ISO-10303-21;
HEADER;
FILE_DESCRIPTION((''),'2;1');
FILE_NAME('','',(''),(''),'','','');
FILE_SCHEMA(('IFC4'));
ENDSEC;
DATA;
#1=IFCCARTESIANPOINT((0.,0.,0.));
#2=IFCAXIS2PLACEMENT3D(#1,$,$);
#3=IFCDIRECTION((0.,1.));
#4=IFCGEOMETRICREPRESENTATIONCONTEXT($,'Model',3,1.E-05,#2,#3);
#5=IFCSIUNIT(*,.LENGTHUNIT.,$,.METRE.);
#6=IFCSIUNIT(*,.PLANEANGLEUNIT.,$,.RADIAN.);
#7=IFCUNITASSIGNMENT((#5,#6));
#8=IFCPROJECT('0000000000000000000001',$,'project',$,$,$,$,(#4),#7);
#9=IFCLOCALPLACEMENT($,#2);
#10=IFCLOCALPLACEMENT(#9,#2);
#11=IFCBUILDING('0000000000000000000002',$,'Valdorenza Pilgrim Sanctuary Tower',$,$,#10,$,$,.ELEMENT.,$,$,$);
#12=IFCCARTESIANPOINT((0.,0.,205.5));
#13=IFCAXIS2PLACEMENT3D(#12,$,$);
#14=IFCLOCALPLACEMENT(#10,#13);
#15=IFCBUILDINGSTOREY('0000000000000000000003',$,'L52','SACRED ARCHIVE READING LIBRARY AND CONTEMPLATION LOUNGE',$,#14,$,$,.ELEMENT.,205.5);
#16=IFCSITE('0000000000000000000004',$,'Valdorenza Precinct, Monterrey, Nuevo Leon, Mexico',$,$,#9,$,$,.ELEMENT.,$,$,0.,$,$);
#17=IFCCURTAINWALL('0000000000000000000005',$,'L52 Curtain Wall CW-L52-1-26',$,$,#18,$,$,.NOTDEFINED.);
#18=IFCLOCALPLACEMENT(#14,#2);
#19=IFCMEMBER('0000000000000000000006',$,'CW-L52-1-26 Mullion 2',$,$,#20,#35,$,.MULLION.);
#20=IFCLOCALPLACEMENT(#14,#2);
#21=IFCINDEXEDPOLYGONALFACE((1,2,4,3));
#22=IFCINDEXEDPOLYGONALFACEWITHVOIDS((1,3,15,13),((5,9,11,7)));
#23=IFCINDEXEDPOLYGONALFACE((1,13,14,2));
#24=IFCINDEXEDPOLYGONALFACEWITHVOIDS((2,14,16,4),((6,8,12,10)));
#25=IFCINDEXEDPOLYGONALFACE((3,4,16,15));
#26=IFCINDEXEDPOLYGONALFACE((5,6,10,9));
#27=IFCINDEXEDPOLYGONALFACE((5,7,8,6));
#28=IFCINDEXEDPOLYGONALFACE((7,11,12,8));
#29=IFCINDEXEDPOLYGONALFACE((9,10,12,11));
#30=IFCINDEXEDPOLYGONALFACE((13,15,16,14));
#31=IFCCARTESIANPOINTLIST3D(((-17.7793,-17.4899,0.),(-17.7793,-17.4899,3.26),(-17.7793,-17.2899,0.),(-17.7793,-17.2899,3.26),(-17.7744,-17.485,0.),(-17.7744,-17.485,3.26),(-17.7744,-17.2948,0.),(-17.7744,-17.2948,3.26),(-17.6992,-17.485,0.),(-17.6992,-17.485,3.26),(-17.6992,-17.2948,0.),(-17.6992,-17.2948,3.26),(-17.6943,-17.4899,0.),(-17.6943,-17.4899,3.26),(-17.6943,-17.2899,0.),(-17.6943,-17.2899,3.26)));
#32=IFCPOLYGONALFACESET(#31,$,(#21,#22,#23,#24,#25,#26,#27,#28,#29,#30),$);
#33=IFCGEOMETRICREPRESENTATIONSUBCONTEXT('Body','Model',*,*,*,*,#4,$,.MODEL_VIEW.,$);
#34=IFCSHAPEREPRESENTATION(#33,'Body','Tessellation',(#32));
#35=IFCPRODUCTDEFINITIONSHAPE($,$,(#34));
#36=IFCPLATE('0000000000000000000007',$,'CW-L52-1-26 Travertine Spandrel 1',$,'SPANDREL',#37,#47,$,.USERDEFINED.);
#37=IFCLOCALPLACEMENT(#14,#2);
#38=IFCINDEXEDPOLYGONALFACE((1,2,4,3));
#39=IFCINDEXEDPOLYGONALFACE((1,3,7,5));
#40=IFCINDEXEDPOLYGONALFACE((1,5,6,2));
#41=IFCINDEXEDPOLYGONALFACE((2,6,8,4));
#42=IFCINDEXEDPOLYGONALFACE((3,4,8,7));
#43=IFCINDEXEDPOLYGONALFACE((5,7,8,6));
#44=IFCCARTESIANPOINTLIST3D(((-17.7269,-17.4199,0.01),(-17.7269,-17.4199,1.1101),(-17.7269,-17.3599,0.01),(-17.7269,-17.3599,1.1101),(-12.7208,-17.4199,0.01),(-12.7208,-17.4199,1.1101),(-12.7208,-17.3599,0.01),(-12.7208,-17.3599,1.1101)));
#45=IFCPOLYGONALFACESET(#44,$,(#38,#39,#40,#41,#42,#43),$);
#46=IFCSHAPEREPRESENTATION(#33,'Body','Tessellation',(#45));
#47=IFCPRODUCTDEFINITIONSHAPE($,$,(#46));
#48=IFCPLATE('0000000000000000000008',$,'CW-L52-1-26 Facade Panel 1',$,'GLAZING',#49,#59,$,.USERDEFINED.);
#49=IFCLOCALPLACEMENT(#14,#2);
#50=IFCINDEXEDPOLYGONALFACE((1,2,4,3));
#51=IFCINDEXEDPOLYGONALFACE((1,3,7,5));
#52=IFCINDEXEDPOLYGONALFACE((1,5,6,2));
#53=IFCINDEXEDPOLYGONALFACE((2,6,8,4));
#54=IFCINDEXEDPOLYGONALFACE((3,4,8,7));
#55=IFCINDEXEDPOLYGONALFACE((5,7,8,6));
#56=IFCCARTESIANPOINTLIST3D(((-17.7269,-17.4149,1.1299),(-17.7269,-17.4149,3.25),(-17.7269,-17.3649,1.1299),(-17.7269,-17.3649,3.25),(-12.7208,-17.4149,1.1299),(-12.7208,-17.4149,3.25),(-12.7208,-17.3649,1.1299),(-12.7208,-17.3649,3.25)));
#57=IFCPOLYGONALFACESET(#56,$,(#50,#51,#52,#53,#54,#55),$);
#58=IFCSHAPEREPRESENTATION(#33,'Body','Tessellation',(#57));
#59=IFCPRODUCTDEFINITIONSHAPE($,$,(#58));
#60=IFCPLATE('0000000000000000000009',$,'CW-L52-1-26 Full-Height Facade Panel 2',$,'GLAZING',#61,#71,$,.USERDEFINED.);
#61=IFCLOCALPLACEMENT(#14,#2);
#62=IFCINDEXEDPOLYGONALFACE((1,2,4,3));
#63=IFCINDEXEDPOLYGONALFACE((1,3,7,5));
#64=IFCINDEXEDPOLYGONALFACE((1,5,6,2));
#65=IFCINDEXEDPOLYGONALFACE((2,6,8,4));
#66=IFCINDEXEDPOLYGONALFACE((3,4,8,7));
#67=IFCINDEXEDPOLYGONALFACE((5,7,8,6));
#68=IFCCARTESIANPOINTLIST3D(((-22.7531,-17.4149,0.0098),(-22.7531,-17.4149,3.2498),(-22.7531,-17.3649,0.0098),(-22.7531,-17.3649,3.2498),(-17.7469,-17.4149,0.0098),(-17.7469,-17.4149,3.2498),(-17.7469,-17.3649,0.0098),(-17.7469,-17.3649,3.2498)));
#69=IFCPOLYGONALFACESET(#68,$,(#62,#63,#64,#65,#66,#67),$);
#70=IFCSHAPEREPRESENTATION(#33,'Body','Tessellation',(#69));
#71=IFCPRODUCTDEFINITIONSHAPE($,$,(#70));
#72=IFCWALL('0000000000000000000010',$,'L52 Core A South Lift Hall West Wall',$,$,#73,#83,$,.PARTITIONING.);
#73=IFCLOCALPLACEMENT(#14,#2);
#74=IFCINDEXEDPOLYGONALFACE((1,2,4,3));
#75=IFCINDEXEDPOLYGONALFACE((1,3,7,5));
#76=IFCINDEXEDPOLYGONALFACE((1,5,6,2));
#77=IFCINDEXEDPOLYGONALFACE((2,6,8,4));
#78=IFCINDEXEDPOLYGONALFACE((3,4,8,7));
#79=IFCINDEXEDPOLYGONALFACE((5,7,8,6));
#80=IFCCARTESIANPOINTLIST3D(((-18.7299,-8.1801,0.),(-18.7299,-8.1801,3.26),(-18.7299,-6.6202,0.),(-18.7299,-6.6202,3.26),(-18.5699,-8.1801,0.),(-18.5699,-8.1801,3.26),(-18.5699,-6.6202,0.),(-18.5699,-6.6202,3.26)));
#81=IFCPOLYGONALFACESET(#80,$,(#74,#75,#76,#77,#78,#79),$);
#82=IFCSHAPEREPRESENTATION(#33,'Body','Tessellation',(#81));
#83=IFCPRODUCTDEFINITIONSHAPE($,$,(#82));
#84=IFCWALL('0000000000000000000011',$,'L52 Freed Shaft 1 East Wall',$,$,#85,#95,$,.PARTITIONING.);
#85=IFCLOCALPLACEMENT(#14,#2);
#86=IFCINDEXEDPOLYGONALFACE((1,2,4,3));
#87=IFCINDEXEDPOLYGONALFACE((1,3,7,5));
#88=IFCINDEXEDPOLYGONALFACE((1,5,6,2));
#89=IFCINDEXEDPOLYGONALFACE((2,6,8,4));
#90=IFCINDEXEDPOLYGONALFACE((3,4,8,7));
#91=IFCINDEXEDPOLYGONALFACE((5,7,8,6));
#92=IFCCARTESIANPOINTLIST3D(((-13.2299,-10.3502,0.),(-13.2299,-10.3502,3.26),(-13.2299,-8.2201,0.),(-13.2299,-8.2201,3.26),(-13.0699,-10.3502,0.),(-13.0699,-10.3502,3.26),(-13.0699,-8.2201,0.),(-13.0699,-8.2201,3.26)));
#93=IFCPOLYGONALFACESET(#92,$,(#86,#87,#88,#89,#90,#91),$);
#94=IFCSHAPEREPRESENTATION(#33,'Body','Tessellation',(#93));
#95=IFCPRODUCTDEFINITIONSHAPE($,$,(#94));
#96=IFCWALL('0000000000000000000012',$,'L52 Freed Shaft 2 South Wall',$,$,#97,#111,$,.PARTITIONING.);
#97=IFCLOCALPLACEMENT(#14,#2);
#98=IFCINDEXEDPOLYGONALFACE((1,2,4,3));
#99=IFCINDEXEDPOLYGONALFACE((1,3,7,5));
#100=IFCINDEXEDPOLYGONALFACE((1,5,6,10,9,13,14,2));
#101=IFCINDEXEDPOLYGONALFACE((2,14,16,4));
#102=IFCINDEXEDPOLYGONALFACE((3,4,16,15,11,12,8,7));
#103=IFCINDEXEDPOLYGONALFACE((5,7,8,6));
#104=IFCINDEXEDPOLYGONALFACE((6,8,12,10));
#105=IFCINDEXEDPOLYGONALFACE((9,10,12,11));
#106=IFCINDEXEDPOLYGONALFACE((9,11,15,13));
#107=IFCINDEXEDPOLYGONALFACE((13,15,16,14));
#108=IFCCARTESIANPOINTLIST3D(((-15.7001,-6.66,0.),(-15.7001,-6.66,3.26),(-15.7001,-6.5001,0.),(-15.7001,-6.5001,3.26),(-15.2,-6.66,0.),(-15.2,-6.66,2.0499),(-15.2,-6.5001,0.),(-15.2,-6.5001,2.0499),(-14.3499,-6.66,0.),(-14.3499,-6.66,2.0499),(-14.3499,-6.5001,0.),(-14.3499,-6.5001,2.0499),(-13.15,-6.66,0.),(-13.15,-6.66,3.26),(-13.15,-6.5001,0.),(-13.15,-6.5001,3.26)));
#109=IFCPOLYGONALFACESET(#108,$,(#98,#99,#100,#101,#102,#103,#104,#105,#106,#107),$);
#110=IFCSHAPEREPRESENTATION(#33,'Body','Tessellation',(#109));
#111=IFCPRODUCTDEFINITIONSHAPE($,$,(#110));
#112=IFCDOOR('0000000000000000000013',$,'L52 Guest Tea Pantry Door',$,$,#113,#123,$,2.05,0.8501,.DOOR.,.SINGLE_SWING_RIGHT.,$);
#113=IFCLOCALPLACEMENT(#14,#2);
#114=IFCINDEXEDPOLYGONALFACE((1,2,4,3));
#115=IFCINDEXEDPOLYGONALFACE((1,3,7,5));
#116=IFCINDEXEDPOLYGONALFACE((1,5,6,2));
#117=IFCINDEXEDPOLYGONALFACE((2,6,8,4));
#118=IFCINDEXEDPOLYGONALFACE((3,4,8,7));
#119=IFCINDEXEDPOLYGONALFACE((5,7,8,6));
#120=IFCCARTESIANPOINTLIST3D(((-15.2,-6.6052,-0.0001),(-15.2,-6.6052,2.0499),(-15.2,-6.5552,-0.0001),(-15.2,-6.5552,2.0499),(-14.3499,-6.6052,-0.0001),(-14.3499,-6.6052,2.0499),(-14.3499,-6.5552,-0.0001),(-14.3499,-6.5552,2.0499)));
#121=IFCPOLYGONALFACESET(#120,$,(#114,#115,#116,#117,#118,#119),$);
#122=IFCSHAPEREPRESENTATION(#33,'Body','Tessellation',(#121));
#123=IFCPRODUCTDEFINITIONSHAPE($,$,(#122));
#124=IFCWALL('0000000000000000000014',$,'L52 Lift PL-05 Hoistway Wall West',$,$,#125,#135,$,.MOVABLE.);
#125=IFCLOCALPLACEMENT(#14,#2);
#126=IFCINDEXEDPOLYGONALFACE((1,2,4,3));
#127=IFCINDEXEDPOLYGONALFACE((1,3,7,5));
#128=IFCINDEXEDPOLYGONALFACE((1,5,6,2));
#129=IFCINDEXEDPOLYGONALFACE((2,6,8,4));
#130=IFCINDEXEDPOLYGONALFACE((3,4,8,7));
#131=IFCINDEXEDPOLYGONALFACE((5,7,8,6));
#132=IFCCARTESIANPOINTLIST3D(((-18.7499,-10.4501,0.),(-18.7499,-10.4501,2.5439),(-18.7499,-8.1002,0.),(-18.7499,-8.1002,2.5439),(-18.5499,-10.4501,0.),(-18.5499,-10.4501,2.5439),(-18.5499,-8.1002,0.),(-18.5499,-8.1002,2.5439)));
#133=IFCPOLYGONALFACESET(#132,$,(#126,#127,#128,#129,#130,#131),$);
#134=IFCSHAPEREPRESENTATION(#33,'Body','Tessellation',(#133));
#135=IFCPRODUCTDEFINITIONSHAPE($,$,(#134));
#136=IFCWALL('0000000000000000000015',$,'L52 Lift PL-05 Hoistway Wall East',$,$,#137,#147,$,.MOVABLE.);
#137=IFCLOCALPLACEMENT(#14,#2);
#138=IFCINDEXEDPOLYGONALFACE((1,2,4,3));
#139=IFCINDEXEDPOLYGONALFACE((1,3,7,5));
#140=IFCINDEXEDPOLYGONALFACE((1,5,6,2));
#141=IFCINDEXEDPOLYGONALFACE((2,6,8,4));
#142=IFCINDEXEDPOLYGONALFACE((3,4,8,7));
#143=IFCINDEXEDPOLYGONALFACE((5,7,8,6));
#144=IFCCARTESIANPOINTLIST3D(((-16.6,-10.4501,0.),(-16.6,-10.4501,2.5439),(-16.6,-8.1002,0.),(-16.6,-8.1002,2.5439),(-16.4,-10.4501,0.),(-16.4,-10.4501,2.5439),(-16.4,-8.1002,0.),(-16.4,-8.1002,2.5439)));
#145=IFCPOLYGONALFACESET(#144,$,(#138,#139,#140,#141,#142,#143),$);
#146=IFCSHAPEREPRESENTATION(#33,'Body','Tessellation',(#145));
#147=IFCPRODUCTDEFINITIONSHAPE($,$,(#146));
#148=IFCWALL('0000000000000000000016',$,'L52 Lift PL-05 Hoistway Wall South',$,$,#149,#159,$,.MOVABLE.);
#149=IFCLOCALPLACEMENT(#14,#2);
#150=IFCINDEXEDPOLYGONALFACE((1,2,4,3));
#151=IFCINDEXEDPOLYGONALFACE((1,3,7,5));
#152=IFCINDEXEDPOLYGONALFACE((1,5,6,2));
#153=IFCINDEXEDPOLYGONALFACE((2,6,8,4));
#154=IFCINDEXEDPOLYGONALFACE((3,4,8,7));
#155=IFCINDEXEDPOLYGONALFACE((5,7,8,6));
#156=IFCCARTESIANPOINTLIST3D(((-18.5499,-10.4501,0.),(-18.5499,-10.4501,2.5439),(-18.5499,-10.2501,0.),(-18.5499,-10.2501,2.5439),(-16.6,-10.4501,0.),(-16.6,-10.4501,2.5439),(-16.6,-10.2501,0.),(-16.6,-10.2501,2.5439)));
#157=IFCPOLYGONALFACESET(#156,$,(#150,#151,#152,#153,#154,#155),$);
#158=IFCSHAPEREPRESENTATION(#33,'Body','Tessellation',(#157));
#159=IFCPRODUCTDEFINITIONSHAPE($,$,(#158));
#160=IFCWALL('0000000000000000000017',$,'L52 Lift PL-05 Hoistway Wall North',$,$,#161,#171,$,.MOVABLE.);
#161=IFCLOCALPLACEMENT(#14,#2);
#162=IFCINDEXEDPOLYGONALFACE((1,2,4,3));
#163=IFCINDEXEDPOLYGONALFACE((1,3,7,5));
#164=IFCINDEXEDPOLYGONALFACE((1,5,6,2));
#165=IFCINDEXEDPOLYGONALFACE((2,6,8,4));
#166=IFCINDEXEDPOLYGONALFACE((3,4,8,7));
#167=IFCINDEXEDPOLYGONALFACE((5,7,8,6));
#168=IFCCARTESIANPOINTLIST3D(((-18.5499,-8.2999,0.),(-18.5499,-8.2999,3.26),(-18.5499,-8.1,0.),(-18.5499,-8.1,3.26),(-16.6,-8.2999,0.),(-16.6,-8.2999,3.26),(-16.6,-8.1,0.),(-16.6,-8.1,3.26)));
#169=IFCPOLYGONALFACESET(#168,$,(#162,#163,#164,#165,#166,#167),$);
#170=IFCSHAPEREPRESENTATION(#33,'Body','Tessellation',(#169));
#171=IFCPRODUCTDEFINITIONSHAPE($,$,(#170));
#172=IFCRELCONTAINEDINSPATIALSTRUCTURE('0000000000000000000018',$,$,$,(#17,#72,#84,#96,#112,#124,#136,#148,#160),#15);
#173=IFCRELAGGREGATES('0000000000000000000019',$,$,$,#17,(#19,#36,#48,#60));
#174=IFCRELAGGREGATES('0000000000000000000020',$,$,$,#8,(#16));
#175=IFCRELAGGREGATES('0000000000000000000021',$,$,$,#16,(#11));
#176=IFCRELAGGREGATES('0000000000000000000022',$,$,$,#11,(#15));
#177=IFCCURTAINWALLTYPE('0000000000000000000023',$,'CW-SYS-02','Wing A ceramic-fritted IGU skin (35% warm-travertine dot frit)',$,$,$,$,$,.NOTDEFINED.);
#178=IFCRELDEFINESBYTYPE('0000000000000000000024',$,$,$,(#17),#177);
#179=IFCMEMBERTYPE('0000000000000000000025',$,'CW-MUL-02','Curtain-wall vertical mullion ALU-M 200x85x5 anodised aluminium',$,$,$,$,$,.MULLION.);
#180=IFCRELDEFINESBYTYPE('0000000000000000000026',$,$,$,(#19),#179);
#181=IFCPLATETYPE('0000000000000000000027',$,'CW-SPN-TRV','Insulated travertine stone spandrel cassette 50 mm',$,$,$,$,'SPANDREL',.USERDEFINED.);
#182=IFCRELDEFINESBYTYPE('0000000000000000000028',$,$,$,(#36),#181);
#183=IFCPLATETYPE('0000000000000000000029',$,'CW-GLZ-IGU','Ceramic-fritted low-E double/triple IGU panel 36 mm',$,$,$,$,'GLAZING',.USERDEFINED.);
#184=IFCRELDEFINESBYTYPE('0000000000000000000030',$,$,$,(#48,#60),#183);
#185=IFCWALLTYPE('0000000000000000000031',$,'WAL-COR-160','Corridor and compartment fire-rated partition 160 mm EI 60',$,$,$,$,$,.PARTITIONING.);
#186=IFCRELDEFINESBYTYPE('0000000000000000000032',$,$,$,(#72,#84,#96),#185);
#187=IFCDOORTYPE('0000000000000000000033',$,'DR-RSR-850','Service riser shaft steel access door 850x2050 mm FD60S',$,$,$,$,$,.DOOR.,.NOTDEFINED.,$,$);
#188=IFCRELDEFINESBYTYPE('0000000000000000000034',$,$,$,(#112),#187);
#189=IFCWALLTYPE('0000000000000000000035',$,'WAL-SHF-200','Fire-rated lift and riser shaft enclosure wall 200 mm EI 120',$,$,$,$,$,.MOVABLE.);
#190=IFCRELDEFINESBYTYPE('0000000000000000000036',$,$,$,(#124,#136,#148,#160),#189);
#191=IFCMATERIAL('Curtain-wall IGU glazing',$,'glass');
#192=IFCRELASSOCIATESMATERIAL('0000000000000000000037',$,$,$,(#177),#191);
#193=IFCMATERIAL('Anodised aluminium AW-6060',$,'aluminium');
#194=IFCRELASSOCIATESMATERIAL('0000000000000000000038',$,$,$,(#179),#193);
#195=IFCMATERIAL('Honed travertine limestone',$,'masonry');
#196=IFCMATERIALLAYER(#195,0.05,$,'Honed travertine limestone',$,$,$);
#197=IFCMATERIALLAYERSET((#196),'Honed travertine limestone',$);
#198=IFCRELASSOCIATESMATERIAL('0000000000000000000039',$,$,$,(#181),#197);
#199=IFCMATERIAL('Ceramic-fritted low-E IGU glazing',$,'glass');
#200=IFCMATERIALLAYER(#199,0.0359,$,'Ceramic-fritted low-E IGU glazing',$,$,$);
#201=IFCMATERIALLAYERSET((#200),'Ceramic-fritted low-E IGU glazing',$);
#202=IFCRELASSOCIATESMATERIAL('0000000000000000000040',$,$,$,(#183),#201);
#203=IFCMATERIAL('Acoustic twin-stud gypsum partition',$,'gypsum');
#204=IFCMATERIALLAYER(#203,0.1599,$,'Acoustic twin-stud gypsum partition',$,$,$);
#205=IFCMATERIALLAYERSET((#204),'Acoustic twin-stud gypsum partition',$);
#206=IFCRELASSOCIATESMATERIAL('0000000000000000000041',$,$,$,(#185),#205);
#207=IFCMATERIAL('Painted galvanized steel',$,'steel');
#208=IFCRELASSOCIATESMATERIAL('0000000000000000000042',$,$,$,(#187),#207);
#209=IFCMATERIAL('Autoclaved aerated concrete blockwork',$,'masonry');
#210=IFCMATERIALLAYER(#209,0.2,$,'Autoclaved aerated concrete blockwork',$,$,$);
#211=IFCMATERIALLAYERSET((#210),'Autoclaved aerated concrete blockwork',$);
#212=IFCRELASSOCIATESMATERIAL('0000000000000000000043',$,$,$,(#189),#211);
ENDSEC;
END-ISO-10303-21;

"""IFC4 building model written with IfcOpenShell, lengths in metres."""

from ifc_helpers import new_model, si_unit, direction, frame, frame_2d, origin, origin_2d, place, context, subcontext, project, spatial, rectangle, hollow_rectangle, extrude, source, transform, mapped, material, layer, layer_set, material_profile, profile_set, type_object, element, fill, aggregate, save


model = new_model("IFC4")

# Units and contexts
model_context = context("Model", 3, precision=1e-05, world=origin(), true_north=direction((0.0, 1.0)))
body_context = subcontext(model_context, "Body", "Model", "MODEL_VIEW")
ifc_project = project(units=[si_unit("LENGTHUNIT", "METRE"), si_unit("PLANEANGLEUNIT", "RADIAN")], contexts=[model_context])

# Site, building, storey
site_placement = place(None, origin())
site = spatial("IfcSite", under=ifc_project, at=site_placement, Name="Valdorenza Precinct, Monterrey, Nuevo Leon, Mexico", CompositionType="ELEMENT", RefElevation=0.0)
building_placement = place(site_placement, origin())
building = spatial("IfcBuilding", under=site, at=building_placement, Name="Valdorenza Pilgrim Sanctuary Tower", CompositionType="ELEMENT")
storey_placement = place(building_placement, frame((0.0, 0.0, 205.5)))
storey = spatial("IfcBuildingStorey", under=building, at=storey_placement, Name="L52", Description="SACRED ARCHIVE READING LIBRARY AND CONTEMPLATION LOUNGE", CompositionType="ELEMENT", Elevation=205.5)

# Curtain wall, member, plates
ifc_material_1 = material(Name="Curtain-wall IGU glazing", Category="glass")
curtain_wall_type = type_object("IfcCurtainWallType", Name="CW-SYS-02", Description="Wing A ceramic-fritted IGU skin (35% warm-travertine dot frit)", PredefinedType="NOTDEFINED", material=ifc_material_1)
curtain_wall_placement = place(storey_placement, origin())
curtain_wall = element("IfcCurtainWall", 1, at=curtain_wall_placement, inside=storey, type_object=curtain_wall_type, Name="L52 Curtain Wall CW-L52-1-26", PredefinedType="NOTDEFINED")
ifc_material_2 = material(Name="Anodised aluminium AW-6060", Category="aluminium")
ifc_material_profile = material_profile(ifc_material_2, hollow_rectangle(XDim=0.085, YDim=0.2, WallThickness=0.0049, at=origin_2d()), Name="ALU-M 200x85x5")
ifc_profile_set = profile_set([ifc_material_profile], Name="Anodised aluminium AW-6060")
member_type = type_object("IfcMemberType", Name="CW-MUL-02", Description="Curtain-wall vertical mullion ALU-M 200x85x5 anodised aluminium", PredefinedType="MULLION", material=ifc_profile_set)
shared_shape_1 = source(origin(), body_context, "Body", "SweptSolid", [
    extrude(hollow_rectangle(XDim=0.085, YDim=0.2, WallThickness=0.0049, at=origin_2d()), origin(), (0.0, 0.0, 1.0), 3.26),
])
member_placement = place(storey_placement, frame((-17.7368, -17.3899, 0.0), z_axis=(0.0, 0.0, 1.0), x_axis=(-1.0, 0.0, 0.0)))
member = element("IfcMember", 2, at=member_placement, type_object=member_type, Name="CW-L52-1-26 Mullion 2", PredefinedType="MULLION", context=body_context, shape_type="MappedRepresentation", body=[
    mapped(shared_shape_1, transform((0.0, 0.0, 0.0), x_axis=(1.0, 0.0, 0.0), y_axis=(0.0, 1.0, 0.0), z_axis=(0.0, 0.0, 1.0), scale=1.0)),
])
ifc_material_3 = material(Name="Honed travertine limestone", Category="masonry")
ifc_layer_1 = layer(ifc_material_3, 0.05, Name="Honed travertine limestone")
ifc_layer_set_1 = layer_set([ifc_layer_1], Name="Honed travertine limestone")
plate_type_1 = type_object("IfcPlateType", Name="CW-SPN-TRV", Description="Insulated travertine stone spandrel cassette 50 mm", ElementType="SPANDREL", PredefinedType="USERDEFINED", material=ifc_layer_set_1)
shared_shape_2 = source(origin(), body_context, "Body", "SweptSolid", [
    extrude(rectangle(XDim=5.0061, YDim=0.0601, at=origin_2d()), origin(), (0.0, 0.0, 1.0), 1.1001),
])
plate_1_placement = place(storey_placement, frame((-15.2239, -17.3899, 0.01), z_axis=(0.0, 0.0, 1.0), x_axis=(-1.0, 0.0, 0.0)))
plate_1 = element("IfcPlate", 3, at=plate_1_placement, type_object=plate_type_1, Name="CW-L52-1-26 Travertine Spandrel 1", ObjectType="SPANDREL", PredefinedType="USERDEFINED", context=body_context, shape_type="MappedRepresentation", body=[
    mapped(shared_shape_2, transform((0.0, 0.0, 0.0), x_axis=(1.0, 0.0, 0.0), y_axis=(0.0, 1.0, 0.0), z_axis=(0.0, 0.0, 1.0), scale=1.0)),
])
ifc_material_4 = material(Name="Ceramic-fritted low-E IGU glazing", Category="glass")
ifc_layer_2 = layer(ifc_material_4, 0.0359, Name="Ceramic-fritted low-E IGU glazing")
ifc_layer_set_2 = layer_set([ifc_layer_2], Name="Ceramic-fritted low-E IGU glazing")
plate_type_2 = type_object("IfcPlateType", Name="CW-GLZ-IGU", Description="Ceramic-fritted low-E double/triple IGU panel 36 mm", ElementType="GLAZING", PredefinedType="USERDEFINED", material=ifc_layer_set_2)
shared_shape_3 = source(origin(), body_context, "Body", "SweptSolid", [
    extrude(rectangle(XDim=5.0061, YDim=0.05, at=origin_2d()), origin(), (0.0, 0.0, 1.0), 2.1201),
])
plate_2_placement = place(storey_placement, frame((-15.2239, -17.3899, 1.1299), z_axis=(0.0, 0.0, 1.0), x_axis=(-1.0, 0.0, 0.0)))
plate_2 = element("IfcPlate", 4, at=plate_2_placement, type_object=plate_type_2, Name="CW-L52-1-26 Facade Panel 1", ObjectType="GLAZING", PredefinedType="USERDEFINED", context=body_context, shape_type="MappedRepresentation", body=[
    mapped(shared_shape_3, transform((0.0, 0.0, 0.0), x_axis=(1.0, 0.0, 0.0), y_axis=(0.0, 1.0, 0.0), z_axis=(0.0, 0.0, 1.0), scale=1.0)),
])
shared_shape_4 = source(origin(), body_context, "Body", "SweptSolid", [
    extrude(rectangle(XDim=5.0061, YDim=0.05, at=origin_2d()), origin(), (0.0, 0.0, 1.0), 3.24),
])
plate_3_placement = place(storey_placement, frame((-20.25, -17.3899, 0.0098), z_axis=(0.0, 0.0, 1.0), x_axis=(-1.0, 0.0, 0.0)))
plate_3 = element("IfcPlate", 5, at=plate_3_placement, type_object=plate_type_2, Name="CW-L52-1-26 Full-Height Facade Panel 2", ObjectType="GLAZING", PredefinedType="USERDEFINED", context=body_context, shape_type="MappedRepresentation", body=[
    mapped(shared_shape_4, transform((0.0, 0.0, 0.0), x_axis=(1.0, 0.0, 0.0), y_axis=(0.0, 1.0, 0.0), z_axis=(0.0, 0.0, 1.0), scale=1.0)),
])
aggregate(curtain_wall, [member, plate_1, plate_2, plate_3])

# Wall
ifc_material_5 = material(Name="Acoustic twin-stud gypsum partition", Category="gypsum")
ifc_layer_3 = layer(ifc_material_5, 0.1599, Name="Acoustic twin-stud gypsum partition")
ifc_layer_set_3 = layer_set([ifc_layer_3], Name="Acoustic twin-stud gypsum partition")
wall_type_1 = type_object("IfcWallType", Name="WAL-COR-160", Description="Corridor and compartment fire-rated partition 160 mm EI 60", PredefinedType="PARTITIONING", material=ifc_layer_set_3)
wall_1_placement = place(storey_placement, frame((-18.6499, -8.1799, 0.0), z_axis=(0.0, 0.0, 1.0), x_axis=(0.0, 1.0, 0.0)))
element("IfcWall", 6, at=wall_1_placement, inside=storey, type_object=wall_type_1, Name="L52 Core A South Lift Hall West Wall", PredefinedType="PARTITIONING", context=body_context, shape_type="SweptSolid", body=[
    extrude(rectangle(XDim=1.5598, YDim=0.1599, at=frame_2d((0.7798, 0.0))), origin(), (0.0, 0.0, 1.0), 3.26),
])

# Wall
wall_2_placement = place(storey_placement, frame((-13.1499, -10.3501, 0.0), z_axis=(0.0, 0.0, 1.0), x_axis=(0.0, 1.0, 0.0)))
element("IfcWall", 7, at=wall_2_placement, inside=storey, type_object=wall_type_1, Name="L52 Freed Shaft 1 East Wall", PredefinedType="PARTITIONING", context=body_context, shape_type="SweptSolid", body=[
    extrude(rectangle(XDim=2.1301, YDim=0.1599, at=frame_2d((1.0649, 0.0))), origin(), (0.0, 0.0, 1.0), 3.26),
])

# Wall, opening, door
wall_3_placement = place(storey_placement, frame((-15.7, -6.5801, 0.0), z_axis=(0.0, 0.0, 1.0), x_axis=(1.0, 0.0, 0.0)))
wall_3 = element("IfcWall", 8, at=wall_3_placement, inside=storey, type_object=wall_type_1, Name="L52 Freed Shaft 2 South Wall", PredefinedType="PARTITIONING", context=body_context, shape_type="SweptSolid", body=[
    extrude(rectangle(XDim=2.55, YDim=0.1599, at=frame_2d((1.2749, 0.0))), origin(), (0.0, 0.0, 1.0), 3.26),
])
opening_1_placement = place(wall_3_placement, frame((0.5, 0.0, 0.0)))
opening_1 = element("IfcOpeningElement", 9, at=opening_1_placement, cuts=wall_3, PredefinedType="OPENING", context=body_context, shape_type="SweptSolid", body=[
    extrude(rectangle(XDim=0.8501, YDim=2.05, at=frame_2d((0.425, 1.0249))), frame((0.0, 0.0947, 0.0), z_axis=(0.0, -1.0, 0.0), x_axis=(1.0, 0.0, 0.0)), (0.0, 0.0, 1.0), 0.1897),
])
ifc_material_6 = material(Name="Painted galvanized steel", Category="steel")
door_type_1 = type_object("IfcDoorType", Name="DR-RSR-850", Description="Service riser shaft steel access door 850x2050 mm FD60S", OperationType="NOTDEFINED", PredefinedType="DOOR", material=ifc_material_6)
door_1_placement = place(opening_1_placement, origin())
door_1 = element("IfcDoor", 10, at=door_1_placement, inside=storey, type_object=door_type_1, Name="L52 Guest Tea Pantry Door", OperationType="SINGLE_SWING_RIGHT", OverallHeight=2.05, OverallWidth=0.8501, PredefinedType="DOOR", context=body_context, shape_type="SweptSolid", body=[
    extrude(rectangle(XDim=0.8501, YDim=2.05, at=frame_2d((0.425, 1.0249))), frame((0.0, 0.0249, 0.0), z_axis=(0.0, -1.0, 0.0), x_axis=(1.0, 0.0, 0.0)), (0.0, 0.0, 1.0), 0.05),
])
fill(opening_1, door_1)

# Walls
ifc_material_7 = material(Name="Autoclaved aerated concrete blockwork", Category="masonry")
ifc_layer_4 = layer(ifc_material_7, 0.2, Name="Autoclaved aerated concrete blockwork")
ifc_layer_set_4 = layer_set([ifc_layer_4], Name="Autoclaved aerated concrete blockwork")
wall_type_2 = type_object("IfcWallType", Name="WAL-SHF-200", Description="Fire-rated lift and riser shaft enclosure wall 200 mm EI 120", PredefinedType="MOVABLE", material=ifc_layer_set_4)
for number, where, z_axis, x_axis, name in (
    (11, (-18.6499, -10.45, 0.0), (0.0, 0.0, 1.0), (0.0, 1.0, 0.0), "L52 Lift PL-05 Hoistway Wall West"),
    (12, (-16.5, -10.45, 0.0), (0.0, 0.0, 1.0), (0.0, 1.0, 0.0), "L52 Lift PL-05 Hoistway Wall East"),
):
    element("IfcWall", number, at=place(storey_placement, frame(where, z_axis=z_axis, x_axis=x_axis)), inside=storey, type_object=wall_type_2, Name=name, PredefinedType="MOVABLE", context=body_context, shape_type="SweptSolid", body=[
        extrude(rectangle(XDim=2.3499, YDim=0.2, at=frame_2d((1.1748, 0.0))), origin(), (0.0, 0.0, 1.0), 2.5439),
    ])
wall_4_placement = place(storey_placement, frame((-18.55, -10.3501, 0.0), z_axis=(0.0, 0.0, 1.0), x_axis=(1.0, 0.0, 0.0)))
element("IfcWall", 13, at=wall_4_placement, inside=storey, type_object=wall_type_2, Name="L52 Lift PL-05 Hoistway Wall South", PredefinedType="MOVABLE", context=body_context, shape_type="SweptSolid", body=[
    extrude(rectangle(XDim=1.95, YDim=0.2, at=frame_2d((0.9751, 0.0))), origin(), (0.0, 0.0, 1.0), 2.5439),
])
wall_5_placement = place(storey_placement, frame((-18.55, -8.2, 0.0), z_axis=(0.0, 0.0, 1.0), x_axis=(1.0, 0.0, 0.0)))
element("IfcWall", 14, at=wall_5_placement, inside=storey, type_object=wall_type_2, Name="L52 Lift PL-05 Hoistway Wall North", PredefinedType="MOVABLE", context=body_context, shape_type="SweptSolid", body=[
    extrude(rectangle(XDim=1.95, YDim=0.2, at=frame_2d((0.9751, 0.0))), origin(), (0.0, 0.0, 1.0), 3.26),
])

save(model, "model.ifc")
